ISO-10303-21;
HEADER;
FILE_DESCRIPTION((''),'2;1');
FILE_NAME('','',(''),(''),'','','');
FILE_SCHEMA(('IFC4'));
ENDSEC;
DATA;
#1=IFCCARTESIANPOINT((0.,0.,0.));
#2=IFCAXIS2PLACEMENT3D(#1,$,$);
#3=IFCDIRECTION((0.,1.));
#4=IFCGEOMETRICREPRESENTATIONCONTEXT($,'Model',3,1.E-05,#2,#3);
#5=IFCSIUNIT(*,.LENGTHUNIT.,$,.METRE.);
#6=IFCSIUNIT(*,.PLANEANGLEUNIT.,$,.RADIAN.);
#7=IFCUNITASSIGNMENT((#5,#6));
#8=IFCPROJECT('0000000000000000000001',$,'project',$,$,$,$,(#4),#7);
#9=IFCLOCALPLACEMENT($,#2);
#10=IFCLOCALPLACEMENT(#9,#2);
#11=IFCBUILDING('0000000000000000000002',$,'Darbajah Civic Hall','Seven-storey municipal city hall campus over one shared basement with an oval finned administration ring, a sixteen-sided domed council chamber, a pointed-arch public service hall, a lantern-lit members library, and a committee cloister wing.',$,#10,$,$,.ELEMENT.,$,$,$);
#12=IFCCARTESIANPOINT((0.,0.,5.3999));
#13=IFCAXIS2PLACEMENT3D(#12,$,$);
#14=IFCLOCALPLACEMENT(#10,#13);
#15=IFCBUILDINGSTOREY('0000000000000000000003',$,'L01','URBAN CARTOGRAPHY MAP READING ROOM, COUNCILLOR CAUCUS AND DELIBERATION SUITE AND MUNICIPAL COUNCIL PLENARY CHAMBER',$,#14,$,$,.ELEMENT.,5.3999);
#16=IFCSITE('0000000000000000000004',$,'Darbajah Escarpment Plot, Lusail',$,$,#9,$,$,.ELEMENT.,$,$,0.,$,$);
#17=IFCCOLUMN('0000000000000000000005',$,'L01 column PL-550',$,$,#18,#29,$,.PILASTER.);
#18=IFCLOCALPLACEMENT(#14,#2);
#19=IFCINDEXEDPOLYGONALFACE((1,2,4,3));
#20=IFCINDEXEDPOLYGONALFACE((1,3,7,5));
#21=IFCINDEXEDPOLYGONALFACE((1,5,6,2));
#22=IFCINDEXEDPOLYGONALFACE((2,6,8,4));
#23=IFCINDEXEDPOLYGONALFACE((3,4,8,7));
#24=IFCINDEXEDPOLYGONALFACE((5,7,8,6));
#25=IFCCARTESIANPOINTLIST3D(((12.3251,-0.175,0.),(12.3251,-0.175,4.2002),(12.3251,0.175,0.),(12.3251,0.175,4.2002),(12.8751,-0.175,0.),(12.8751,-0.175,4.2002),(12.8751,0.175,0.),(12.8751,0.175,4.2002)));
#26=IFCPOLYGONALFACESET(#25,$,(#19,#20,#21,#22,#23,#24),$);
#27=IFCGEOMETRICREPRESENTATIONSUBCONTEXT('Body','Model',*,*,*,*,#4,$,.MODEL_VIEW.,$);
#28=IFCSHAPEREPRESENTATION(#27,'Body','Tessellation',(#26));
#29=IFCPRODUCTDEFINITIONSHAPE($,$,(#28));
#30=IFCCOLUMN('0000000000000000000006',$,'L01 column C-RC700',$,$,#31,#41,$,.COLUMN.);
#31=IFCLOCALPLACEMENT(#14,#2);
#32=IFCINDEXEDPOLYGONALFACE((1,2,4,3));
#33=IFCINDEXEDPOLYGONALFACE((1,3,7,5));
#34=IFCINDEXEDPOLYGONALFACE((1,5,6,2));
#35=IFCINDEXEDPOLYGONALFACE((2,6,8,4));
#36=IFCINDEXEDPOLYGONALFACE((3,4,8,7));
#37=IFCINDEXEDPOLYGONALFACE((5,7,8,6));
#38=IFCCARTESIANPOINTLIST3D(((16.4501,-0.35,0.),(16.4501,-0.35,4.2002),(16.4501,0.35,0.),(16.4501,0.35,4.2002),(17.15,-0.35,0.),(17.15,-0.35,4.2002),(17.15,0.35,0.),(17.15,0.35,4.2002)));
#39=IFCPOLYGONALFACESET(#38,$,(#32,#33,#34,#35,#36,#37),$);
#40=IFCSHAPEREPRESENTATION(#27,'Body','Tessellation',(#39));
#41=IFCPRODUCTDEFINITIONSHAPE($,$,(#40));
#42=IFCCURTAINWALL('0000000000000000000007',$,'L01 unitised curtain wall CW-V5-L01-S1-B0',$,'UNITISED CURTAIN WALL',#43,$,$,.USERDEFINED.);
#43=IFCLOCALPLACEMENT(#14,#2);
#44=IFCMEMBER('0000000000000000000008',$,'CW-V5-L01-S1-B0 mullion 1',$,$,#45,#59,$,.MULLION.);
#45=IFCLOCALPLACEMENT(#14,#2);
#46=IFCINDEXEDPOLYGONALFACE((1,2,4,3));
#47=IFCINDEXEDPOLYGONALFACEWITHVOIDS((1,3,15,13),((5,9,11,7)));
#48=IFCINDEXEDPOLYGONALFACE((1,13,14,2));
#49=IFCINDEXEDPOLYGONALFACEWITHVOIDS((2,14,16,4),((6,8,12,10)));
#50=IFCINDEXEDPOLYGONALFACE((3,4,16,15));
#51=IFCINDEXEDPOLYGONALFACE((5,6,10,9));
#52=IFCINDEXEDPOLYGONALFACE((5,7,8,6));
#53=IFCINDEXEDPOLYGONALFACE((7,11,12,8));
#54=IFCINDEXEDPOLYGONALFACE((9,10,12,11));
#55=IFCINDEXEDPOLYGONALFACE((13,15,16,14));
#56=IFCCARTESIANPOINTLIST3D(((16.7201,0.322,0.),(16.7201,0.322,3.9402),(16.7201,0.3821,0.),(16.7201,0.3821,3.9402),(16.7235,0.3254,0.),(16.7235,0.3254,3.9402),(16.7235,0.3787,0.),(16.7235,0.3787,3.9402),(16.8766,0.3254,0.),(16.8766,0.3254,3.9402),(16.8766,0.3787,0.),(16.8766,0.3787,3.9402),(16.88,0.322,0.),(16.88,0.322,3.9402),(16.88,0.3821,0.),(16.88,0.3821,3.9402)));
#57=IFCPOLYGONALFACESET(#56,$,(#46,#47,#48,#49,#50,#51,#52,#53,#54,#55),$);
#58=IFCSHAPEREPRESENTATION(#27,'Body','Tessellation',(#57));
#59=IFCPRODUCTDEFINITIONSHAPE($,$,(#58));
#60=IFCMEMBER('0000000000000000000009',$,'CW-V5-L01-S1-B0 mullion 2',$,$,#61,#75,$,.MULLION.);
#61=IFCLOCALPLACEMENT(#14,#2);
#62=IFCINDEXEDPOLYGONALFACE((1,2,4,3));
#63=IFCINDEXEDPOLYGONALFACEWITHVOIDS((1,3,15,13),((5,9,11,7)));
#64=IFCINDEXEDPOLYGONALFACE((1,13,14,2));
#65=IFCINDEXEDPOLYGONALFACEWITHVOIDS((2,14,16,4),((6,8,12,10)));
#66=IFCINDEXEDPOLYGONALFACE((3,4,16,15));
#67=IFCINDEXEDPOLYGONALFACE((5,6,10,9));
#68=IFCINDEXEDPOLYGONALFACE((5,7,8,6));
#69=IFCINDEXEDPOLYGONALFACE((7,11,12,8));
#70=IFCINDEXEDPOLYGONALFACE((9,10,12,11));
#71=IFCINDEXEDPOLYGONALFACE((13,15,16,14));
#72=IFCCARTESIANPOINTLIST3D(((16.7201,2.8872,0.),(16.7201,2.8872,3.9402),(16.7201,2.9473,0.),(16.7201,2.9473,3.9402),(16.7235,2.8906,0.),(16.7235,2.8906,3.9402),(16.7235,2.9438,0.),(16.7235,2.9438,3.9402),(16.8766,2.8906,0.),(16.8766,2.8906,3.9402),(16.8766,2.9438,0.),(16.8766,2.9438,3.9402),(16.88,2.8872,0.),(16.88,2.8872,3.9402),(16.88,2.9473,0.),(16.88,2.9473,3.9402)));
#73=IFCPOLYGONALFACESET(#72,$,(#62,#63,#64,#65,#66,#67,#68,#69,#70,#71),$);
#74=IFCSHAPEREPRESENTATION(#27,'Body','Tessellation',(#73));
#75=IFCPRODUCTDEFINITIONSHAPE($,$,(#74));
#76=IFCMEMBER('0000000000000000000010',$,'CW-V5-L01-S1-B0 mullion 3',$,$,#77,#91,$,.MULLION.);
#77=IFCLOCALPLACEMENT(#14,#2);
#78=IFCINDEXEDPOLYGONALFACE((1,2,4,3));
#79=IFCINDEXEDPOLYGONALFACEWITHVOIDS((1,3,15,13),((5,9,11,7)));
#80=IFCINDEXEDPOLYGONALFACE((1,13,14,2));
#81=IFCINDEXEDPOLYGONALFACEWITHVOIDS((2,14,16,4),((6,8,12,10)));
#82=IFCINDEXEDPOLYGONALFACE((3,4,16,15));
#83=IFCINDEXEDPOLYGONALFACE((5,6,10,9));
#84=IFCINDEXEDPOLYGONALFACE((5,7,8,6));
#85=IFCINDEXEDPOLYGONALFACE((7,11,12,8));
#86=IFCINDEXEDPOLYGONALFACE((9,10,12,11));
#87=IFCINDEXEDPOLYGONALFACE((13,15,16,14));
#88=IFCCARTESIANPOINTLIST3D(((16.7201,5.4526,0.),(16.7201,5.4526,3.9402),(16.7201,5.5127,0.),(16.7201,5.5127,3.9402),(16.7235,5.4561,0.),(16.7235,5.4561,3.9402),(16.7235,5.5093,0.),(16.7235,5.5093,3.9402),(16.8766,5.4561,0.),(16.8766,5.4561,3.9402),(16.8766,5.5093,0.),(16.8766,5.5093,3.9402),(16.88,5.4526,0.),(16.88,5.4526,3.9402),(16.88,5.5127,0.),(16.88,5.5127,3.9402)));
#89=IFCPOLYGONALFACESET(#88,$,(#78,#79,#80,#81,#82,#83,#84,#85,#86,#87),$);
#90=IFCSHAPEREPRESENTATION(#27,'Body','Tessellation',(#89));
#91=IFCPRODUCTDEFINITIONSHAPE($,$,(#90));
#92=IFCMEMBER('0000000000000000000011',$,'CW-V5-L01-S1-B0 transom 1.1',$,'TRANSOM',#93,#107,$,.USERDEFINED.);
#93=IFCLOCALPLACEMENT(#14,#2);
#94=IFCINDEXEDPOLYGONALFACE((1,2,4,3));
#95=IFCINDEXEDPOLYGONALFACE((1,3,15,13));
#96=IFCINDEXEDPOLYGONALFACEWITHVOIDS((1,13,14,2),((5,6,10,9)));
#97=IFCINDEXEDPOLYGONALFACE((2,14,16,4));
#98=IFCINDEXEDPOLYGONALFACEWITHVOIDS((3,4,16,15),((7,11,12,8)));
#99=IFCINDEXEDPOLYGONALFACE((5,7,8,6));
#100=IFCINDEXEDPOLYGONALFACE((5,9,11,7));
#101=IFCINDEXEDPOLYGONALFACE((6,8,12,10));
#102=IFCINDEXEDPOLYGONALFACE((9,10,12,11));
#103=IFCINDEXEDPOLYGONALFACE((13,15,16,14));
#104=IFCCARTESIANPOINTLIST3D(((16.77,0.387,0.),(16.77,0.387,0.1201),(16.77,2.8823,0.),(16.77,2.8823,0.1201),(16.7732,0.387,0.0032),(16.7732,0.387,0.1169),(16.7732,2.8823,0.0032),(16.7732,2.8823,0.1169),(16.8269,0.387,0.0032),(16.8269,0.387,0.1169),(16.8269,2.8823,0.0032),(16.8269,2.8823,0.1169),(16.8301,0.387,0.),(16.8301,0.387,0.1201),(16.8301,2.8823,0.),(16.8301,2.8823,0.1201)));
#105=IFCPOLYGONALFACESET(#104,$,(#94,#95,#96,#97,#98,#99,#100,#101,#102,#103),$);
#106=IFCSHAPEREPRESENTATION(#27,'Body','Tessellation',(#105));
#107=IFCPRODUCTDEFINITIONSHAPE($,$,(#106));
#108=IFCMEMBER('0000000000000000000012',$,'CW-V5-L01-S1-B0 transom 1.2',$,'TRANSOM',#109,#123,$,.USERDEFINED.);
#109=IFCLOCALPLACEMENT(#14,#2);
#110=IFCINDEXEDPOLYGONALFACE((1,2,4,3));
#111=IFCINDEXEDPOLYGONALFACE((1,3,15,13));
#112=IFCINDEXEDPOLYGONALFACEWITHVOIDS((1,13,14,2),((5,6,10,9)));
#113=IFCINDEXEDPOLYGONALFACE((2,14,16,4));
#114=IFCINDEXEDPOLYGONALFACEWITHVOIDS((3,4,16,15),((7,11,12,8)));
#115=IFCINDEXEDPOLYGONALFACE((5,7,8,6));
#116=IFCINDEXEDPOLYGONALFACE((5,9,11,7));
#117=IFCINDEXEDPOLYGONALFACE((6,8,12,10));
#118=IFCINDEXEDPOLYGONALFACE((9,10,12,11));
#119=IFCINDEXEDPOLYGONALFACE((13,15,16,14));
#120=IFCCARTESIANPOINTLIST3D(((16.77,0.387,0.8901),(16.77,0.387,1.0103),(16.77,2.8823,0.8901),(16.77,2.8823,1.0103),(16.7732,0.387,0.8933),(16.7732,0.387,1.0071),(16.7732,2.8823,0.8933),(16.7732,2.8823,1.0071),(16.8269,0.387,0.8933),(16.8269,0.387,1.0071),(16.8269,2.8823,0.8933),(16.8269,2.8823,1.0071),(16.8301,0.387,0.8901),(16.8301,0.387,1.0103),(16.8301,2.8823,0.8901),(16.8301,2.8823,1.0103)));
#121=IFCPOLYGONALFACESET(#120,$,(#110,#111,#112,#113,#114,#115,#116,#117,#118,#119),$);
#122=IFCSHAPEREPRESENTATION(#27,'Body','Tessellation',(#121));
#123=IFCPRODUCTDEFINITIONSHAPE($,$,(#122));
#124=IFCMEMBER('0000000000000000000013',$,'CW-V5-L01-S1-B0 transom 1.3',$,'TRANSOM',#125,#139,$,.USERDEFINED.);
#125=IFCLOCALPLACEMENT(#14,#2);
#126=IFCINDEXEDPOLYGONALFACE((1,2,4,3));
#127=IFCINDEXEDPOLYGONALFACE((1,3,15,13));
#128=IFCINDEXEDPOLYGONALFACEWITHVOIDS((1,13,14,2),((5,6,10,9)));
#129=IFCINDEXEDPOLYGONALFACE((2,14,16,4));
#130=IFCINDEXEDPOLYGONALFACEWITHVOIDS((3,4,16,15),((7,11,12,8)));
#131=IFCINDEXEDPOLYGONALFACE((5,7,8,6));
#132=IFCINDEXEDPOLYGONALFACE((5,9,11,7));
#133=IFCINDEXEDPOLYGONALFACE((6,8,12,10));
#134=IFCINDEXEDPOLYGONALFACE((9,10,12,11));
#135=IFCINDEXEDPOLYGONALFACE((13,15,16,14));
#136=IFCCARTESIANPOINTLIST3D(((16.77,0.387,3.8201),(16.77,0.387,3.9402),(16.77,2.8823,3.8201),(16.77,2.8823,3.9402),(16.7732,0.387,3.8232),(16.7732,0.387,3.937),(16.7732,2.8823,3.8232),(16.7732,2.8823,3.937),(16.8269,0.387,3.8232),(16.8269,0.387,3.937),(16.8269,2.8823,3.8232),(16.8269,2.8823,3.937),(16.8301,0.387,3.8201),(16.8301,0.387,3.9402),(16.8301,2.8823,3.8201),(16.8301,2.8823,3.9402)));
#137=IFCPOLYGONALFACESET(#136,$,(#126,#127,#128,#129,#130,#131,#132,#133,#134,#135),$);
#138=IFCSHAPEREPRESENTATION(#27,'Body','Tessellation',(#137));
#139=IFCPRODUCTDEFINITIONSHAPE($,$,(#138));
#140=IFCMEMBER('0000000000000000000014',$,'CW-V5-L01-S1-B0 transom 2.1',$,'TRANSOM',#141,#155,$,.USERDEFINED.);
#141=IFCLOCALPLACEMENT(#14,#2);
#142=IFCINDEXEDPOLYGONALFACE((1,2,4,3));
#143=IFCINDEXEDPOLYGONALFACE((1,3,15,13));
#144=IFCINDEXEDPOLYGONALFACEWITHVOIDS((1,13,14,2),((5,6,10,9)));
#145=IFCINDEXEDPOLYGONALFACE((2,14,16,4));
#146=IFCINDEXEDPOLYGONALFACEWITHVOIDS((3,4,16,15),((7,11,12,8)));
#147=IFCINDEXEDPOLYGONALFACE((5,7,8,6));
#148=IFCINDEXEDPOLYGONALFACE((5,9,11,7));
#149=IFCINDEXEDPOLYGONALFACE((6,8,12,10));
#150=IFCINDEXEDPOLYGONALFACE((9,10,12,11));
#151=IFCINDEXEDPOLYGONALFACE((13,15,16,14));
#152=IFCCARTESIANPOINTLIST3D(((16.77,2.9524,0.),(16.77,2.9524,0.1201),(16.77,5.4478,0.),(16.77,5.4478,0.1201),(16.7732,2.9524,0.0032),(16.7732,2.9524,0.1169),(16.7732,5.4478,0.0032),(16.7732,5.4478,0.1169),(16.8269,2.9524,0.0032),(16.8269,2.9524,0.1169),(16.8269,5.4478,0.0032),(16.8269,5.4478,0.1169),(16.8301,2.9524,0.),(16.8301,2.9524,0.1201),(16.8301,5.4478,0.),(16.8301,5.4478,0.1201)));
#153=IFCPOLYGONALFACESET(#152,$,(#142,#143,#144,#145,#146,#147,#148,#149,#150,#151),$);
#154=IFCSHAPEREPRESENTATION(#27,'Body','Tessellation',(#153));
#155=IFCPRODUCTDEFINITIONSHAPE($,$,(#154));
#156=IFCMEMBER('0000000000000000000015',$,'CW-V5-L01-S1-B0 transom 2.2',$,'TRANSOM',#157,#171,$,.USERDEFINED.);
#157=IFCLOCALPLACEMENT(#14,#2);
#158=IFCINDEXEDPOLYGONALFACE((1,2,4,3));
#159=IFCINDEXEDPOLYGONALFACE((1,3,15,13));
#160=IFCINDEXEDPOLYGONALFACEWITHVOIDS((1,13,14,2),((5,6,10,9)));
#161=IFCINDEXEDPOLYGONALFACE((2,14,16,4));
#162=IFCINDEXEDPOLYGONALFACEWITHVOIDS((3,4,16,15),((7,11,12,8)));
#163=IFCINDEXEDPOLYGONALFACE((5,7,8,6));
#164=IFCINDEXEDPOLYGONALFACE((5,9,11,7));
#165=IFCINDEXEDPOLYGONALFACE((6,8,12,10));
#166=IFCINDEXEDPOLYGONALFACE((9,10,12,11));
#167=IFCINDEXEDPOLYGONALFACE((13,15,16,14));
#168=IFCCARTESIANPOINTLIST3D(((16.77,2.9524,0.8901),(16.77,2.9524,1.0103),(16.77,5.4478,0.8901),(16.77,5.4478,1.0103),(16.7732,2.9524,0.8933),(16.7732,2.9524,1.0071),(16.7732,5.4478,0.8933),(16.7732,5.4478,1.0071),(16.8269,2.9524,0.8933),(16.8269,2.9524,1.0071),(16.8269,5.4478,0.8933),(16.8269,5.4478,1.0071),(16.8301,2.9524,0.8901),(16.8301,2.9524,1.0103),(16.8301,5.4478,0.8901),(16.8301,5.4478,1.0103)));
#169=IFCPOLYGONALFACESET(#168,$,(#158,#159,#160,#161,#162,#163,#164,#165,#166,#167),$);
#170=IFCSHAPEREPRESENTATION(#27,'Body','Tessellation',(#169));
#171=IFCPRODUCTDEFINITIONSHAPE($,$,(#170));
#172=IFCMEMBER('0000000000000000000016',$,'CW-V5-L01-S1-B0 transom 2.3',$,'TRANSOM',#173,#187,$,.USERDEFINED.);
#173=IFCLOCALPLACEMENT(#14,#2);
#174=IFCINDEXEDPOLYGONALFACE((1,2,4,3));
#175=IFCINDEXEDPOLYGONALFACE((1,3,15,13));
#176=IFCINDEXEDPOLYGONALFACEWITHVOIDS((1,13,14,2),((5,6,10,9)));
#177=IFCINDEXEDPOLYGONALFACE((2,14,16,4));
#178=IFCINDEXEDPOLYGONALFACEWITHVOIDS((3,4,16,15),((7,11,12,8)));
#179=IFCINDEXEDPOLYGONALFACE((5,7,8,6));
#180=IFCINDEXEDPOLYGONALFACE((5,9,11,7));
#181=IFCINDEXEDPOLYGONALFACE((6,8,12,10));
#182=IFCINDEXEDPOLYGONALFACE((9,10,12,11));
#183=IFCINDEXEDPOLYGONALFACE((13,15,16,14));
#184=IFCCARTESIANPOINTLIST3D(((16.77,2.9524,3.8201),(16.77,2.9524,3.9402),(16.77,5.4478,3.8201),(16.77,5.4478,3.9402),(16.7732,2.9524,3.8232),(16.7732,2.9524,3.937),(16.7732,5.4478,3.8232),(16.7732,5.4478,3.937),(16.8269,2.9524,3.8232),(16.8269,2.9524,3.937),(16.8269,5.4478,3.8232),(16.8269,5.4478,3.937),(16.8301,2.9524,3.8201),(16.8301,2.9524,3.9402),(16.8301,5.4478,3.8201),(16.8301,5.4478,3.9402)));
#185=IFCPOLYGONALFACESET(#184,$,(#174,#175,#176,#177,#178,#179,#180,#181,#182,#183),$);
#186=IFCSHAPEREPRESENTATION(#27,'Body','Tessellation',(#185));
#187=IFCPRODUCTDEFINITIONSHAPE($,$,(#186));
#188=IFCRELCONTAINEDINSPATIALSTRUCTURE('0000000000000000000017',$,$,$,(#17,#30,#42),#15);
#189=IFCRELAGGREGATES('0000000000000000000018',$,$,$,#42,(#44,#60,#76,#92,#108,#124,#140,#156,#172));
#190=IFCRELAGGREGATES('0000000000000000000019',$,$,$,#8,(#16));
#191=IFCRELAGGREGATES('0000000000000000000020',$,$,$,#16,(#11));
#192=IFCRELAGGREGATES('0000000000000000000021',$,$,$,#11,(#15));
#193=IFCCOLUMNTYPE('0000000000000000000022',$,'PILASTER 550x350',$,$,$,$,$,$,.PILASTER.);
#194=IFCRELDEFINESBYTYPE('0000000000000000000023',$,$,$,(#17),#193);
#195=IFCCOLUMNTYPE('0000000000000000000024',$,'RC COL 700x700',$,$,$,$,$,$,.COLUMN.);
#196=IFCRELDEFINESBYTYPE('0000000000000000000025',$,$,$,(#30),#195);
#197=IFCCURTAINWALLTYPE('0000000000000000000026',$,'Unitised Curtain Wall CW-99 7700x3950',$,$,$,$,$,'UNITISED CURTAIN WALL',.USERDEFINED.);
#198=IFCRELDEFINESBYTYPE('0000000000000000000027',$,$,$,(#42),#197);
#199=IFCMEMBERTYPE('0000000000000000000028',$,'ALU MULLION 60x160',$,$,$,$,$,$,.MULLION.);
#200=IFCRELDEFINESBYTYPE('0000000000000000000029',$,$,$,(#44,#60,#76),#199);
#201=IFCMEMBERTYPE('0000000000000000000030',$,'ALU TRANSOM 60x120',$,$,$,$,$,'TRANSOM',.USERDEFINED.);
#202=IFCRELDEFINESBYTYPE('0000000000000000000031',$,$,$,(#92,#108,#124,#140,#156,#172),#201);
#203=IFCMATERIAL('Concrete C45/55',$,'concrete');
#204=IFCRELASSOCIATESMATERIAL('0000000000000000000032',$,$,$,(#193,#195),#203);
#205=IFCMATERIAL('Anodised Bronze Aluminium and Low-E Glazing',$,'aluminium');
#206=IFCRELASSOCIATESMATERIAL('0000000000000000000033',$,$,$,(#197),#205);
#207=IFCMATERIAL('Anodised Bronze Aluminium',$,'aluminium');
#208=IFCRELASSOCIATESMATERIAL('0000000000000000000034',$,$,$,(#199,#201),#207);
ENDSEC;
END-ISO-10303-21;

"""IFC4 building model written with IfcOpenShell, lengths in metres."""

from ifc_helpers import new_model, si_unit, direction, frame, origin, origin_2d, place, context, subcontext, project, spatial, rectangle, hollow_rectangle, extrude, material, material_profile, profile_set, type_object, element, aggregate, save


model = new_model("IFC4")

# Units and contexts
model_context = context("Model", 3, precision=1e-05, world=origin(), true_north=direction((0.0, 1.0)))
body_context = subcontext(model_context, "Body", "Model", "MODEL_VIEW")
ifc_project = project(units=[si_unit("LENGTHUNIT", "METRE"), si_unit("PLANEANGLEUNIT", "RADIAN")], contexts=[model_context])

# Site, building, storey
site_placement = place(None, origin())
site = spatial("IfcSite", under=ifc_project, at=site_placement, Name="Darbajah Escarpment Plot, Lusail", CompositionType="ELEMENT", RefElevation=0.0)
building_placement = place(site_placement, origin())
building = spatial("IfcBuilding", under=site, at=building_placement, Name="Darbajah Civic Hall", Description="Seven-storey municipal city hall campus over one shared basement with an oval finned administration ring, a sixteen-sided domed council chamber, a pointed-arch public service hall, a lantern-lit members library, and a committee cloister wing.", CompositionType="ELEMENT")
storey_placement = place(building_placement, frame((0.0, 0.0, 5.3999)))
storey = spatial("IfcBuildingStorey", under=building, at=storey_placement, Name="L01", Description="URBAN CARTOGRAPHY MAP READING ROOM, COUNCILLOR CAUCUS AND DELIBERATION SUITE AND MUNICIPAL COUNCIL PLENARY CHAMBER", CompositionType="ELEMENT", Elevation=5.3999)

# Columns
ifc_material_1 = material(Name="Concrete C45/55", Category="concrete")
ifc_material_profile_1 = material_profile(ifc_material_1, rectangle(XDim=0.55, YDim=0.3501, at=origin_2d()), Name="PILASTER 550x350")
ifc_profile_set_1 = profile_set([ifc_material_profile_1], Name="Concrete C45/55")
column_type_1 = type_object("IfcColumnType", Name="PILASTER 550x350", PredefinedType="PILASTER", material=ifc_profile_set_1)
column_1_placement = place(storey_placement, frame((12.6001, 0.0, 0.0), z_axis=(0.0, 0.0, 1.0), x_axis=(1.0, 0.0, 0.0)))
element("IfcColumn", 1, at=column_1_placement, inside=storey, type_object=column_type_1, Name="L01 column PL-550", PredefinedType="PILASTER", context=body_context, shape_type="SweptSolid", body=[
    extrude(rectangle(XDim=0.55, YDim=0.3501, at=origin_2d()), origin(), (0.0, 0.0, 1.0), 4.2002),
])
ifc_material_profile_2 = material_profile(ifc_material_1, rectangle(XDim=0.7, YDim=0.7, at=origin_2d()), Name="RC COL 700x700")
ifc_profile_set_2 = profile_set([ifc_material_profile_2], Name="Concrete C45/55")
column_type_2 = type_object("IfcColumnType", Name="RC COL 700x700", PredefinedType="COLUMN", material=ifc_profile_set_2)
column_2_placement = place(storey_placement, frame((16.8, 0.0, 0.0), z_axis=(0.0, 0.0, 1.0), x_axis=(1.0, 0.0, 0.0)))
element("IfcColumn", 2, at=column_2_placement, inside=storey, type_object=column_type_2, Name="L01 column C-RC700", PredefinedType="COLUMN", context=body_context, shape_type="SweptSolid", body=[
    extrude(rectangle(XDim=0.7, YDim=0.7, at=origin_2d()), origin(), (0.0, 0.0, 1.0), 4.2002),
])

# Curtain wall, members
ifc_material_2 = material(Name="Anodised Bronze Aluminium and Low-E Glazing", Category="aluminium")
curtain_wall_type = type_object("IfcCurtainWallType", Name="Unitised Curtain Wall CW-99 7700x3950", ElementType="UNITISED CURTAIN WALL", PredefinedType="USERDEFINED", material=ifc_material_2)
curtain_wall_placement = place(storey_placement, origin())
curtain_wall = element("IfcCurtainWall", 3, at=curtain_wall_placement, inside=storey, type_object=curtain_wall_type, Name="L01 unitised curtain wall CW-V5-L01-S1-B0", ObjectType="UNITISED CURTAIN WALL", PredefinedType="USERDEFINED")
ifc_material_3 = material(Name="Anodised Bronze Aluminium", Category="aluminium")
ifc_material_profile_3 = material_profile(ifc_material_3, hollow_rectangle(XDim=0.0601, YDim=0.1599, WallThickness=0.0034, at=origin_2d()), Name="ALU MULLION 60x160")
ifc_profile_set_3 = profile_set([ifc_material_profile_3], Name="Anodised Bronze Aluminium")
member_type_1 = type_object("IfcMemberType", Name="ALU MULLION 60x160", PredefinedType="MULLION", material=ifc_profile_set_3)
member_1_placement = place(storey_placement, frame((16.8, 0.3521, 0.0), z_axis=(0.0, 0.0, 1.0), x_axis=(0.0, 1.0, 0.0)))
member_1 = element("IfcMember", 4, at=member_1_placement, type_object=member_type_1, Name="CW-V5-L01-S1-B0 mullion 1", PredefinedType="MULLION", context=body_context, shape_type="SweptSolid", body=[
    extrude(hollow_rectangle(XDim=0.0601, YDim=0.1599, WallThickness=0.0034, at=origin_2d()), origin(), (0.0, 0.0, 1.0), 3.9402),
])
member_2_placement = place(storey_placement, frame((16.8, 2.9172, 0.0), z_axis=(0.0, 0.0, 1.0), x_axis=(0.0, 1.0, 0.0)))
member_2 = element("IfcMember", 5, at=member_2_placement, type_object=member_type_1, Name="CW-V5-L01-S1-B0 mullion 2", PredefinedType="MULLION", context=body_context, shape_type="SweptSolid", body=[
    extrude(hollow_rectangle(XDim=0.0601, YDim=0.1599, WallThickness=0.0034, at=origin_2d()), origin(), (0.0, 0.0, 1.0), 3.9402),
])
member_3_placement = place(storey_placement, frame((16.8, 5.4827, 0.0), z_axis=(0.0, 0.0, 1.0), x_axis=(0.0, 1.0, 0.0)))
member_3 = element("IfcMember", 6, at=member_3_placement, type_object=member_type_1, Name="CW-V5-L01-S1-B0 mullion 3", PredefinedType="MULLION", context=body_context, shape_type="SweptSolid", body=[
    extrude(hollow_rectangle(XDim=0.0601, YDim=0.1599, WallThickness=0.0034, at=origin_2d()), origin(), (0.0, 0.0, 1.0), 3.9402),
])
ifc_material_profile_4 = material_profile(ifc_material_3, hollow_rectangle(XDim=0.0601, YDim=0.1201, WallThickness=0.0032, at=origin_2d()), Name="ALU TRANSOM 60x120")
ifc_profile_set_4 = profile_set([ifc_material_profile_4], Name="Anodised Bronze Aluminium")
member_type_2 = type_object("IfcMemberType", Name="ALU TRANSOM 60x120", ElementType="TRANSOM", PredefinedType="USERDEFINED", material=ifc_profile_set_4)
member_4_placement = place(storey_placement, frame((16.8, 0.387, 0.0601), z_axis=(0.0, 1.0, 0.0), x_axis=(-1.0, 0.0, 0.0)))
member_4 = element("IfcMember", 7, at=member_4_placement, type_object=member_type_2, Name="CW-V5-L01-S1-B0 transom 1.1", ObjectType="TRANSOM", PredefinedType="USERDEFINED", context=body_context, shape_type="SweptSolid", body=[
    extrude(hollow_rectangle(XDim=0.0601, YDim=0.1201, WallThickness=0.0032, at=origin_2d()), origin(), (0.0, 0.0, 1.0), 2.4954),
])
member_5_placement = place(storey_placement, frame((16.8, 0.387, 0.9502), z_axis=(0.0, 1.0, 0.0), x_axis=(-1.0, 0.0, 0.0)))
member_5 = element("IfcMember", 8, at=member_5_placement, type_object=member_type_2, Name="CW-V5-L01-S1-B0 transom 1.2", ObjectType="TRANSOM", PredefinedType="USERDEFINED", context=body_context, shape_type="SweptSolid", body=[
    extrude(hollow_rectangle(XDim=0.0601, YDim=0.1201, WallThickness=0.0032, at=origin_2d()), origin(), (0.0, 0.0, 1.0), 2.4954),
])
member_6_placement = place(storey_placement, frame((16.8, 0.387, 3.8801), z_axis=(0.0, 1.0, 0.0), x_axis=(-1.0, 0.0, 0.0)))
member_6 = element("IfcMember", 9, at=member_6_placement, type_object=member_type_2, Name="CW-V5-L01-S1-B0 transom 1.3", ObjectType="TRANSOM", PredefinedType="USERDEFINED", context=body_context, shape_type="SweptSolid", body=[
    extrude(hollow_rectangle(XDim=0.0601, YDim=0.1201, WallThickness=0.0032, at=origin_2d()), origin(), (0.0, 0.0, 1.0), 2.4954),
])
member_7_placement = place(storey_placement, frame((16.8, 2.9524, 0.0601), z_axis=(0.0, 1.0, 0.0), x_axis=(-1.0, 0.0, 0.0)))
member_7 = element("IfcMember", 10, at=member_7_placement, type_object=member_type_2, Name="CW-V5-L01-S1-B0 transom 2.1", ObjectType="TRANSOM", PredefinedType="USERDEFINED", context=body_context, shape_type="SweptSolid", body=[
    extrude(hollow_rectangle(XDim=0.0601, YDim=0.1201, WallThickness=0.0032, at=origin_2d()), origin(), (0.0, 0.0, 1.0), 2.4954),
])
member_8_placement = place(storey_placement, frame((16.8, 2.9524, 0.9502), z_axis=(0.0, 1.0, 0.0), x_axis=(-1.0, 0.0, 0.0)))
member_8 = element("IfcMember", 11, at=member_8_placement, type_object=member_type_2, Name="CW-V5-L01-S1-B0 transom 2.2", ObjectType="TRANSOM", PredefinedType="USERDEFINED", context=body_context, shape_type="SweptSolid", body=[
    extrude(hollow_rectangle(XDim=0.0601, YDim=0.1201, WallThickness=0.0032, at=origin_2d()), origin(), (0.0, 0.0, 1.0), 2.4954),
])
member_9_placement = place(storey_placement, frame((16.8, 2.9524, 3.8801), z_axis=(0.0, 1.0, 0.0), x_axis=(-1.0, 0.0, 0.0)))
member_9 = element("IfcMember", 12, at=member_9_placement, type_object=member_type_2, Name="CW-V5-L01-S1-B0 transom 2.3", ObjectType="TRANSOM", PredefinedType="USERDEFINED", context=body_context, shape_type="SweptSolid", body=[
    extrude(hollow_rectangle(XDim=0.0601, YDim=0.1201, WallThickness=0.0032, at=origin_2d()), origin(), (0.0, 0.0, 1.0), 2.4954),
])

aggregate(curtain_wall, [member_1, member_2, member_3, member_4, member_5, member_6, member_7, member_8, member_9])

save(model, "model.ifc")
